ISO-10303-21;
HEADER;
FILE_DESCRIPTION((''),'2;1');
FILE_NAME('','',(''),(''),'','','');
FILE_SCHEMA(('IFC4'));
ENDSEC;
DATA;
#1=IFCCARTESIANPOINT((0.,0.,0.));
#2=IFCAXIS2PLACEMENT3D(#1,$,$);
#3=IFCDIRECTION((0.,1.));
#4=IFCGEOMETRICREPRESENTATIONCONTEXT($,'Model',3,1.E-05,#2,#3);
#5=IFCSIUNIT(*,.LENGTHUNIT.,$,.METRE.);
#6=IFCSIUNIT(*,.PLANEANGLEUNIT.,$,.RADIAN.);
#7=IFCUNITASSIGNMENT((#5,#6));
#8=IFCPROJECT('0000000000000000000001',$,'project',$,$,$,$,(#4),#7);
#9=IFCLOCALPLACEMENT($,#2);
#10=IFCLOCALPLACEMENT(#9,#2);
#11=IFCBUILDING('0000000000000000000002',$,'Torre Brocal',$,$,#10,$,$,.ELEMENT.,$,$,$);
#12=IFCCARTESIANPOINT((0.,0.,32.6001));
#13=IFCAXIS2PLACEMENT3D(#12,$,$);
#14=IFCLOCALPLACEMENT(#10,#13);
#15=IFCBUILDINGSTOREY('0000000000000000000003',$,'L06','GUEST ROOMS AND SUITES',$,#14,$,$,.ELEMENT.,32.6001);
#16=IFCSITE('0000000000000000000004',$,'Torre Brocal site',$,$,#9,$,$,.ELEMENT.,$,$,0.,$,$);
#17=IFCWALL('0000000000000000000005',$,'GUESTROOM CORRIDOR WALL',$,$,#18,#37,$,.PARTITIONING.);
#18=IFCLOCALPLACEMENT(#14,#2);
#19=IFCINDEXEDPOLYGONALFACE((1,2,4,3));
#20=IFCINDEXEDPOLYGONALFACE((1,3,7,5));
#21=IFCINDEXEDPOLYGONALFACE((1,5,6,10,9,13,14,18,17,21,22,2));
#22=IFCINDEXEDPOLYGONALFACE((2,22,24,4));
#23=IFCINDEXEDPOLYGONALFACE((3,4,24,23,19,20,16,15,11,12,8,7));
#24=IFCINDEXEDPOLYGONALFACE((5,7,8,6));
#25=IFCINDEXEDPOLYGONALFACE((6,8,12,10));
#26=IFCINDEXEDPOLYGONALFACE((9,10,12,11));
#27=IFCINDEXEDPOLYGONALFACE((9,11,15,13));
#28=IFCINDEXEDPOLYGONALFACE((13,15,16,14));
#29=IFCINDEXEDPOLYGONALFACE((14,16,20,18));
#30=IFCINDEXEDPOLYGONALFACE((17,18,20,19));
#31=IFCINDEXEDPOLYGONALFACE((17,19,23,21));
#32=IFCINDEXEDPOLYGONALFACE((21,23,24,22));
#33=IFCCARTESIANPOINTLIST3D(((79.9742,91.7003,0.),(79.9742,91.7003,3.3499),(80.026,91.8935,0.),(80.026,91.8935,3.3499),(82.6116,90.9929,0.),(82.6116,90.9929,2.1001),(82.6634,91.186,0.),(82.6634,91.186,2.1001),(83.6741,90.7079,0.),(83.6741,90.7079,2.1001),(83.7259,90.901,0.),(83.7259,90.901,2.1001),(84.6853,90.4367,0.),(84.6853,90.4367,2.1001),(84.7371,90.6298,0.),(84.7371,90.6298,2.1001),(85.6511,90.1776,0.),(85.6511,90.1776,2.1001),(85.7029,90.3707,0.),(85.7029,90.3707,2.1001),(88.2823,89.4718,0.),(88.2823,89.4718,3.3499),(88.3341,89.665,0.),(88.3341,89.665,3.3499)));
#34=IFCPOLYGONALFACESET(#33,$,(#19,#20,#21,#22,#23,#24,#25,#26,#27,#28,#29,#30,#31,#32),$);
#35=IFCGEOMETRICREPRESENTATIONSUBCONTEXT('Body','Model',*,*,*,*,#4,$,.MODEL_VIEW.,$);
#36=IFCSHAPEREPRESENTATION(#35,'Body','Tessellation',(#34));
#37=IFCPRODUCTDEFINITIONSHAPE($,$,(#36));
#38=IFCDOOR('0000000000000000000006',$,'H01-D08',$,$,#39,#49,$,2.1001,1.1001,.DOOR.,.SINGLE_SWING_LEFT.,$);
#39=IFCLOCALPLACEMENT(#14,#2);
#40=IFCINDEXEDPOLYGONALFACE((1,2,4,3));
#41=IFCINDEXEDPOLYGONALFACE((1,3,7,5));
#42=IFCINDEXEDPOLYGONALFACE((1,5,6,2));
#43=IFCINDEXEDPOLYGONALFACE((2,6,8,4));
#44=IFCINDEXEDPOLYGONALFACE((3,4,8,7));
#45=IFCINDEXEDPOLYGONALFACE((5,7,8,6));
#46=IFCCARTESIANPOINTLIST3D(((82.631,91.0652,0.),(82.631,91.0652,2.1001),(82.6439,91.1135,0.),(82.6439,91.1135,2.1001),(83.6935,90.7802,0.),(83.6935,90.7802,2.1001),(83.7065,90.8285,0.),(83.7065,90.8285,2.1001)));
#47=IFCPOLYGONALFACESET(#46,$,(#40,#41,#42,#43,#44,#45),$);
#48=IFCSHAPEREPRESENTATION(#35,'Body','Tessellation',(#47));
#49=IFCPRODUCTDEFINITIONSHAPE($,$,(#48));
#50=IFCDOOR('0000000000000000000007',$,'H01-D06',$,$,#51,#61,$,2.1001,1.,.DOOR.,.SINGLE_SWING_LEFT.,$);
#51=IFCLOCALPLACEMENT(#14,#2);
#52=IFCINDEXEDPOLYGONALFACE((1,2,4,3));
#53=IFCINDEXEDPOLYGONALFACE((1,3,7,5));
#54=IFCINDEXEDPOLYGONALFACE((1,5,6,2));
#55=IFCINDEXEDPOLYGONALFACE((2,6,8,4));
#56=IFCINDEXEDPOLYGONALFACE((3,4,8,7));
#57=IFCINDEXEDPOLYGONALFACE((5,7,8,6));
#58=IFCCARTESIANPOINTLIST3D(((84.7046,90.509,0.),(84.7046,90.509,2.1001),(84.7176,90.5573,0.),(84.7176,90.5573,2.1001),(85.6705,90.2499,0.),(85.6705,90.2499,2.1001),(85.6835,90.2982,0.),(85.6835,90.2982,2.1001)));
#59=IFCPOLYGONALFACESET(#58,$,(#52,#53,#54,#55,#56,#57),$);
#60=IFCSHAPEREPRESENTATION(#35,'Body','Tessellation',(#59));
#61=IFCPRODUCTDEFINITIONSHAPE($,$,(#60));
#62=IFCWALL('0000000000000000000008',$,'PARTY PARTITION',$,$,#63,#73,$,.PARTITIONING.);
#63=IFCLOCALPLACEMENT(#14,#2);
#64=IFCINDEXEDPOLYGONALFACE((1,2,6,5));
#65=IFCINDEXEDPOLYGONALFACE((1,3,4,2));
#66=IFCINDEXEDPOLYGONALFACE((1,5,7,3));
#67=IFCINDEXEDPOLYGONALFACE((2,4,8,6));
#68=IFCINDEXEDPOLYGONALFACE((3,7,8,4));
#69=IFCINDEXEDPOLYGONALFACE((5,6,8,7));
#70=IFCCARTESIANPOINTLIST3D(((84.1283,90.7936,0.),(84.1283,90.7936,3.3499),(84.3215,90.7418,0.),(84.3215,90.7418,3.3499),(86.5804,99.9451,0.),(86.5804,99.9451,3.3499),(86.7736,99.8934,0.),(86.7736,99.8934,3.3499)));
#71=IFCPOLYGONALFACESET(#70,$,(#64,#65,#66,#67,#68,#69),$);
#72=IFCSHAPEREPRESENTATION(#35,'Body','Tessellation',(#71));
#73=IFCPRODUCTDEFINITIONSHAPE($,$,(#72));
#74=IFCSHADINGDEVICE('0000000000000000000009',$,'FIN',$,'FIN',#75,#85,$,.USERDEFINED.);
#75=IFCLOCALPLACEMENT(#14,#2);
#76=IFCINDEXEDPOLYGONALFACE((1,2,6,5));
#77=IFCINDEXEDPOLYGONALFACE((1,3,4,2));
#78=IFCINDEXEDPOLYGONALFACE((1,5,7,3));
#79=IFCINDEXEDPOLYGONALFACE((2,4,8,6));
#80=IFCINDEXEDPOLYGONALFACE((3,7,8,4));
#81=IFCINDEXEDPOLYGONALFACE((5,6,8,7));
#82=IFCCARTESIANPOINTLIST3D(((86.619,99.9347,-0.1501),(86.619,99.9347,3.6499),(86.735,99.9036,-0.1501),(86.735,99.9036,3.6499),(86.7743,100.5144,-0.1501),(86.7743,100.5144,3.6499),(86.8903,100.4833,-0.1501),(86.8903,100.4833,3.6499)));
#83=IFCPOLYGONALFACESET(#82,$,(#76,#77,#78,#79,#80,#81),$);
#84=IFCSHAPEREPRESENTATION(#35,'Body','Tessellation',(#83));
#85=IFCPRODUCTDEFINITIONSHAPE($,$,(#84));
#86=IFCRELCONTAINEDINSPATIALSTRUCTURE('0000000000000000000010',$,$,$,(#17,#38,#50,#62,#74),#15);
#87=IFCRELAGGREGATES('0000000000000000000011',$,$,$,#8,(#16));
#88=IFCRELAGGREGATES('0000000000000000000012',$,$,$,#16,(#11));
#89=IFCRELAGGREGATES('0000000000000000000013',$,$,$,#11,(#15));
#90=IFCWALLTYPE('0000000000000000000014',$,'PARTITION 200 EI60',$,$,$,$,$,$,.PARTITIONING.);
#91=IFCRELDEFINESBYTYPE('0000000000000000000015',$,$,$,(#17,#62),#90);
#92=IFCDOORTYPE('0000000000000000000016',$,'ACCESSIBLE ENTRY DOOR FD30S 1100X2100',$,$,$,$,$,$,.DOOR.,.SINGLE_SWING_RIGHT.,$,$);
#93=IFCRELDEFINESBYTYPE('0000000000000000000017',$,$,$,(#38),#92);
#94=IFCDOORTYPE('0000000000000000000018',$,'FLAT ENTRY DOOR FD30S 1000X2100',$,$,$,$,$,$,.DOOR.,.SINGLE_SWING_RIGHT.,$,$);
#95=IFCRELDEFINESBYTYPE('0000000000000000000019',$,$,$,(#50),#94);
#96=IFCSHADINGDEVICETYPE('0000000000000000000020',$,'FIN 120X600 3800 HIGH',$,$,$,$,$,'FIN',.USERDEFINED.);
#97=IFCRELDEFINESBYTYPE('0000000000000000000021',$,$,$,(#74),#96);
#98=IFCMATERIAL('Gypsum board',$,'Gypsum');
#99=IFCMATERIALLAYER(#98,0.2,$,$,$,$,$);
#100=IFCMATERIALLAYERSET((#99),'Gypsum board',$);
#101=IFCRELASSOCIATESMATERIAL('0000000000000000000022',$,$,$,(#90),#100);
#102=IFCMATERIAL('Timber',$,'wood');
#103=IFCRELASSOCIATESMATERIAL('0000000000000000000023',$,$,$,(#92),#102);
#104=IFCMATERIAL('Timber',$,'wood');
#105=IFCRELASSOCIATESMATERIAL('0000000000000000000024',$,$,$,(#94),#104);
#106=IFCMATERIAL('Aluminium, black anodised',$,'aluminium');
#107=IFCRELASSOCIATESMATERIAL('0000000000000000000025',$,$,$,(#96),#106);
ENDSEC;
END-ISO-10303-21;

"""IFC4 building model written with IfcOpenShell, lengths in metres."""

from ifc_helpers import new_model, si_unit, direction, frame, frame_2d, origin, origin_2d, place, context, subcontext, project, spatial, rectangle, extrude, material, layer, layer_set, material_profile, profile_set, type_object, element, fill, save


model = new_model("IFC4")

# Units and contexts
model_context = context("Model", 3, precision=1e-05, world=origin(), true_north=direction((0.0, 1.0)))
body_context = subcontext(model_context, "Body", "Model", "MODEL_VIEW")
ifc_project = project(units=[si_unit("LENGTHUNIT", "METRE"), si_unit("PLANEANGLEUNIT", "RADIAN")], contexts=[model_context])

# Site, building, storey
site_placement = place(None, origin())
site = spatial("IfcSite", under=ifc_project, at=site_placement, Name="Torre Brocal site", CompositionType="ELEMENT", RefElevation=0.0)
building_placement = place(site_placement, origin())
building = spatial("IfcBuilding", under=site, at=building_placement, Name="Torre Brocal", CompositionType="ELEMENT")
storey_placement = place(building_placement, frame((0.0, 0.0, 32.6001)))
storey = spatial("IfcBuildingStorey", under=building, at=storey_placement, Name="L06", Description="GUEST ROOMS AND SUITES", CompositionType="ELEMENT", Elevation=32.6001)

# Shared definitions
ifc_material_1 = material(Name="Gypsum board", Category="Gypsum")
ifc_layer_1 = layer(ifc_material_1, 0.2)
ifc_layer_set_1 = layer_set([ifc_layer_1], Name="Gypsum board")
wall_type_1 = type_object("IfcWallType", Name="PARTITION 200 EI60", PredefinedType="PARTITIONING", material=ifc_layer_set_1)

# Wall, openings, doors
wall_1_placement = place(storey_placement, frame((80.0002, 91.7969, 0.0), z_axis=(0.0, 0.0, 1.0), x_axis=(0.965857, -0.259076, 0.0)))
wall_1 = element("IfcWall", 1, at=wall_1_placement, inside=storey, type_object=wall_type_1, Name="GUESTROOM CORRIDOR WALL", PredefinedType="PARTITIONING", context=body_context, shape_type="SweptSolid", body=[
    extrude(rectangle(XDim=8.6018, YDim=0.2, at=frame_2d((4.3008, 0.0))), origin(), (0.0, 0.0, 1.0), 3.3499),
])
opening_1_placement = place(wall_1_placement, frame((4.8774, 0.0, 0.0)))
opening_1 = element("IfcOpeningElement", 2, at=opening_1_placement, cuts=wall_1, PredefinedType="OPENING", context=body_context, shape_type="SweptSolid", body=[
    extrude(rectangle(XDim=1.0, YDim=2.1001, at=frame_2d((0.5, 1.05))), frame((0.0, 0.1099, 0.0), z_axis=(0.0, -1.0, 0.0), x_axis=(1.0, 0.0, 0.0)), (0.0, 0.0, 1.0), 0.22),
])
opening_2_placement = place(wall_1_placement, frame((2.7305, 0.0, 0.0)))
opening_2 = element("IfcOpeningElement", 3, at=opening_2_placement, cuts=wall_1, PredefinedType="OPENING", context=body_context, shape_type="SweptSolid", body=[
    extrude(rectangle(XDim=1.1001, YDim=2.1001, at=frame_2d((0.55, 1.05))), frame((0.0, 0.1099, 0.0), z_axis=(0.0, -1.0, 0.0), x_axis=(1.0, 0.0, 0.0)), (0.0, 0.0, 1.0), 0.22),
])
ifc_material_2 = material(Name="Timber", Category="wood")
door_type_1 = type_object("IfcDoorType", Name="ACCESSIBLE ENTRY DOOR FD30S 1100X2100", OperationType="SINGLE_SWING_RIGHT", PredefinedType="DOOR", material=ifc_material_2)
door_1_placement = place(opening_2_placement, origin())
door_1 = element("IfcDoor", 4, at=door_1_placement, inside=storey, type_object=door_type_1, Name="H01-D08", OperationType="SINGLE_SWING_LEFT", OverallHeight=2.1001, OverallWidth=1.1001, PredefinedType="DOOR", context=body_context, shape_type="SweptSolid", body=[
    extrude(rectangle(XDim=1.1001, YDim=2.1001, at=frame_2d((0.55, 1.05))), frame((0.0, 0.0249, 0.0), z_axis=(0.0, -1.0, 0.0), x_axis=(1.0, 0.0, 0.0)), (0.0, 0.0, 1.0), 0.05),
])
fill(opening_2, door_1)
ifc_material_3 = material(Name="Timber", Category="wood")
door_type_2 = type_object("IfcDoorType", Name="FLAT ENTRY DOOR FD30S 1000X2100", OperationType="SINGLE_SWING_RIGHT", PredefinedType="DOOR", material=ifc_material_3)
door_2_placement = place(opening_1_placement, origin())
door_2 = element("IfcDoor", 5, at=door_2_placement, inside=storey, type_object=door_type_2, Name="H01-D06", OperationType="SINGLE_SWING_LEFT", OverallHeight=2.1001, OverallWidth=1.0, PredefinedType="DOOR", context=body_context, shape_type="SweptSolid", body=[
    extrude(rectangle(XDim=1.0, YDim=2.1001, at=frame_2d((0.5, 1.05))), frame((0.0, 0.0249, 0.0), z_axis=(0.0, -1.0, 0.0), x_axis=(1.0, 0.0, 0.0)), (0.0, 0.0, 1.0), 0.05),
])
fill(opening_1, door_2)

# Wall
wall_2_placement = place(storey_placement, frame((84.2249, 90.7676, 0.0), z_axis=(0.0, 0.0, 1.0), x_axis=(0.258817, 0.965926, 0.0)))
element("IfcWall", 6, at=wall_2_placement, inside=storey, type_object=wall_type_1, Name="PARTY PARTITION", PredefinedType="PARTITIONING", context=body_context, shape_type="SweptSolid", body=[
    extrude(rectangle(XDim=9.4744, YDim=0.2, at=frame_2d((4.7373, 0.0))), origin(), (0.0, 0.0, 1.0), 3.3499),
])

# Shading device
ifc_material_4 = material(Name="Aluminium, black anodised", Category="aluminium")
ifc_material_profile_1 = material_profile(ifc_material_4, rectangle(XDim=0.1201, YDim=0.6001, at=origin_2d()), Name="FIN 120X600 3800 HIGH")
ifc_profile_set_1 = profile_set([ifc_material_profile_1], Name="Aluminium, black anodised")
shading_device_type = type_object("IfcShadingDeviceType", Name="FIN 120X600 3800 HIGH", ElementType="FIN", PredefinedType="USERDEFINED", material=ifc_profile_set_1)
shading_device_placement = place(storey_placement, frame((86.7546, 100.209, -0.1501), z_axis=(0.0, 0.0, 1.0), x_axis=(-0.965926, 0.258819, 0.0)))
element("IfcShadingDevice", 7, at=shading_device_placement, inside=storey, type_object=shading_device_type, Name="FIN", ObjectType="FIN", PredefinedType="USERDEFINED", context=body_context, shape_type="SweptSolid", body=[
    extrude(rectangle(XDim=0.1201, YDim=0.6001, at=origin_2d()), origin(), (0.0, 0.0, 1.0), 3.8),
])

save(model, "model.ifc")
